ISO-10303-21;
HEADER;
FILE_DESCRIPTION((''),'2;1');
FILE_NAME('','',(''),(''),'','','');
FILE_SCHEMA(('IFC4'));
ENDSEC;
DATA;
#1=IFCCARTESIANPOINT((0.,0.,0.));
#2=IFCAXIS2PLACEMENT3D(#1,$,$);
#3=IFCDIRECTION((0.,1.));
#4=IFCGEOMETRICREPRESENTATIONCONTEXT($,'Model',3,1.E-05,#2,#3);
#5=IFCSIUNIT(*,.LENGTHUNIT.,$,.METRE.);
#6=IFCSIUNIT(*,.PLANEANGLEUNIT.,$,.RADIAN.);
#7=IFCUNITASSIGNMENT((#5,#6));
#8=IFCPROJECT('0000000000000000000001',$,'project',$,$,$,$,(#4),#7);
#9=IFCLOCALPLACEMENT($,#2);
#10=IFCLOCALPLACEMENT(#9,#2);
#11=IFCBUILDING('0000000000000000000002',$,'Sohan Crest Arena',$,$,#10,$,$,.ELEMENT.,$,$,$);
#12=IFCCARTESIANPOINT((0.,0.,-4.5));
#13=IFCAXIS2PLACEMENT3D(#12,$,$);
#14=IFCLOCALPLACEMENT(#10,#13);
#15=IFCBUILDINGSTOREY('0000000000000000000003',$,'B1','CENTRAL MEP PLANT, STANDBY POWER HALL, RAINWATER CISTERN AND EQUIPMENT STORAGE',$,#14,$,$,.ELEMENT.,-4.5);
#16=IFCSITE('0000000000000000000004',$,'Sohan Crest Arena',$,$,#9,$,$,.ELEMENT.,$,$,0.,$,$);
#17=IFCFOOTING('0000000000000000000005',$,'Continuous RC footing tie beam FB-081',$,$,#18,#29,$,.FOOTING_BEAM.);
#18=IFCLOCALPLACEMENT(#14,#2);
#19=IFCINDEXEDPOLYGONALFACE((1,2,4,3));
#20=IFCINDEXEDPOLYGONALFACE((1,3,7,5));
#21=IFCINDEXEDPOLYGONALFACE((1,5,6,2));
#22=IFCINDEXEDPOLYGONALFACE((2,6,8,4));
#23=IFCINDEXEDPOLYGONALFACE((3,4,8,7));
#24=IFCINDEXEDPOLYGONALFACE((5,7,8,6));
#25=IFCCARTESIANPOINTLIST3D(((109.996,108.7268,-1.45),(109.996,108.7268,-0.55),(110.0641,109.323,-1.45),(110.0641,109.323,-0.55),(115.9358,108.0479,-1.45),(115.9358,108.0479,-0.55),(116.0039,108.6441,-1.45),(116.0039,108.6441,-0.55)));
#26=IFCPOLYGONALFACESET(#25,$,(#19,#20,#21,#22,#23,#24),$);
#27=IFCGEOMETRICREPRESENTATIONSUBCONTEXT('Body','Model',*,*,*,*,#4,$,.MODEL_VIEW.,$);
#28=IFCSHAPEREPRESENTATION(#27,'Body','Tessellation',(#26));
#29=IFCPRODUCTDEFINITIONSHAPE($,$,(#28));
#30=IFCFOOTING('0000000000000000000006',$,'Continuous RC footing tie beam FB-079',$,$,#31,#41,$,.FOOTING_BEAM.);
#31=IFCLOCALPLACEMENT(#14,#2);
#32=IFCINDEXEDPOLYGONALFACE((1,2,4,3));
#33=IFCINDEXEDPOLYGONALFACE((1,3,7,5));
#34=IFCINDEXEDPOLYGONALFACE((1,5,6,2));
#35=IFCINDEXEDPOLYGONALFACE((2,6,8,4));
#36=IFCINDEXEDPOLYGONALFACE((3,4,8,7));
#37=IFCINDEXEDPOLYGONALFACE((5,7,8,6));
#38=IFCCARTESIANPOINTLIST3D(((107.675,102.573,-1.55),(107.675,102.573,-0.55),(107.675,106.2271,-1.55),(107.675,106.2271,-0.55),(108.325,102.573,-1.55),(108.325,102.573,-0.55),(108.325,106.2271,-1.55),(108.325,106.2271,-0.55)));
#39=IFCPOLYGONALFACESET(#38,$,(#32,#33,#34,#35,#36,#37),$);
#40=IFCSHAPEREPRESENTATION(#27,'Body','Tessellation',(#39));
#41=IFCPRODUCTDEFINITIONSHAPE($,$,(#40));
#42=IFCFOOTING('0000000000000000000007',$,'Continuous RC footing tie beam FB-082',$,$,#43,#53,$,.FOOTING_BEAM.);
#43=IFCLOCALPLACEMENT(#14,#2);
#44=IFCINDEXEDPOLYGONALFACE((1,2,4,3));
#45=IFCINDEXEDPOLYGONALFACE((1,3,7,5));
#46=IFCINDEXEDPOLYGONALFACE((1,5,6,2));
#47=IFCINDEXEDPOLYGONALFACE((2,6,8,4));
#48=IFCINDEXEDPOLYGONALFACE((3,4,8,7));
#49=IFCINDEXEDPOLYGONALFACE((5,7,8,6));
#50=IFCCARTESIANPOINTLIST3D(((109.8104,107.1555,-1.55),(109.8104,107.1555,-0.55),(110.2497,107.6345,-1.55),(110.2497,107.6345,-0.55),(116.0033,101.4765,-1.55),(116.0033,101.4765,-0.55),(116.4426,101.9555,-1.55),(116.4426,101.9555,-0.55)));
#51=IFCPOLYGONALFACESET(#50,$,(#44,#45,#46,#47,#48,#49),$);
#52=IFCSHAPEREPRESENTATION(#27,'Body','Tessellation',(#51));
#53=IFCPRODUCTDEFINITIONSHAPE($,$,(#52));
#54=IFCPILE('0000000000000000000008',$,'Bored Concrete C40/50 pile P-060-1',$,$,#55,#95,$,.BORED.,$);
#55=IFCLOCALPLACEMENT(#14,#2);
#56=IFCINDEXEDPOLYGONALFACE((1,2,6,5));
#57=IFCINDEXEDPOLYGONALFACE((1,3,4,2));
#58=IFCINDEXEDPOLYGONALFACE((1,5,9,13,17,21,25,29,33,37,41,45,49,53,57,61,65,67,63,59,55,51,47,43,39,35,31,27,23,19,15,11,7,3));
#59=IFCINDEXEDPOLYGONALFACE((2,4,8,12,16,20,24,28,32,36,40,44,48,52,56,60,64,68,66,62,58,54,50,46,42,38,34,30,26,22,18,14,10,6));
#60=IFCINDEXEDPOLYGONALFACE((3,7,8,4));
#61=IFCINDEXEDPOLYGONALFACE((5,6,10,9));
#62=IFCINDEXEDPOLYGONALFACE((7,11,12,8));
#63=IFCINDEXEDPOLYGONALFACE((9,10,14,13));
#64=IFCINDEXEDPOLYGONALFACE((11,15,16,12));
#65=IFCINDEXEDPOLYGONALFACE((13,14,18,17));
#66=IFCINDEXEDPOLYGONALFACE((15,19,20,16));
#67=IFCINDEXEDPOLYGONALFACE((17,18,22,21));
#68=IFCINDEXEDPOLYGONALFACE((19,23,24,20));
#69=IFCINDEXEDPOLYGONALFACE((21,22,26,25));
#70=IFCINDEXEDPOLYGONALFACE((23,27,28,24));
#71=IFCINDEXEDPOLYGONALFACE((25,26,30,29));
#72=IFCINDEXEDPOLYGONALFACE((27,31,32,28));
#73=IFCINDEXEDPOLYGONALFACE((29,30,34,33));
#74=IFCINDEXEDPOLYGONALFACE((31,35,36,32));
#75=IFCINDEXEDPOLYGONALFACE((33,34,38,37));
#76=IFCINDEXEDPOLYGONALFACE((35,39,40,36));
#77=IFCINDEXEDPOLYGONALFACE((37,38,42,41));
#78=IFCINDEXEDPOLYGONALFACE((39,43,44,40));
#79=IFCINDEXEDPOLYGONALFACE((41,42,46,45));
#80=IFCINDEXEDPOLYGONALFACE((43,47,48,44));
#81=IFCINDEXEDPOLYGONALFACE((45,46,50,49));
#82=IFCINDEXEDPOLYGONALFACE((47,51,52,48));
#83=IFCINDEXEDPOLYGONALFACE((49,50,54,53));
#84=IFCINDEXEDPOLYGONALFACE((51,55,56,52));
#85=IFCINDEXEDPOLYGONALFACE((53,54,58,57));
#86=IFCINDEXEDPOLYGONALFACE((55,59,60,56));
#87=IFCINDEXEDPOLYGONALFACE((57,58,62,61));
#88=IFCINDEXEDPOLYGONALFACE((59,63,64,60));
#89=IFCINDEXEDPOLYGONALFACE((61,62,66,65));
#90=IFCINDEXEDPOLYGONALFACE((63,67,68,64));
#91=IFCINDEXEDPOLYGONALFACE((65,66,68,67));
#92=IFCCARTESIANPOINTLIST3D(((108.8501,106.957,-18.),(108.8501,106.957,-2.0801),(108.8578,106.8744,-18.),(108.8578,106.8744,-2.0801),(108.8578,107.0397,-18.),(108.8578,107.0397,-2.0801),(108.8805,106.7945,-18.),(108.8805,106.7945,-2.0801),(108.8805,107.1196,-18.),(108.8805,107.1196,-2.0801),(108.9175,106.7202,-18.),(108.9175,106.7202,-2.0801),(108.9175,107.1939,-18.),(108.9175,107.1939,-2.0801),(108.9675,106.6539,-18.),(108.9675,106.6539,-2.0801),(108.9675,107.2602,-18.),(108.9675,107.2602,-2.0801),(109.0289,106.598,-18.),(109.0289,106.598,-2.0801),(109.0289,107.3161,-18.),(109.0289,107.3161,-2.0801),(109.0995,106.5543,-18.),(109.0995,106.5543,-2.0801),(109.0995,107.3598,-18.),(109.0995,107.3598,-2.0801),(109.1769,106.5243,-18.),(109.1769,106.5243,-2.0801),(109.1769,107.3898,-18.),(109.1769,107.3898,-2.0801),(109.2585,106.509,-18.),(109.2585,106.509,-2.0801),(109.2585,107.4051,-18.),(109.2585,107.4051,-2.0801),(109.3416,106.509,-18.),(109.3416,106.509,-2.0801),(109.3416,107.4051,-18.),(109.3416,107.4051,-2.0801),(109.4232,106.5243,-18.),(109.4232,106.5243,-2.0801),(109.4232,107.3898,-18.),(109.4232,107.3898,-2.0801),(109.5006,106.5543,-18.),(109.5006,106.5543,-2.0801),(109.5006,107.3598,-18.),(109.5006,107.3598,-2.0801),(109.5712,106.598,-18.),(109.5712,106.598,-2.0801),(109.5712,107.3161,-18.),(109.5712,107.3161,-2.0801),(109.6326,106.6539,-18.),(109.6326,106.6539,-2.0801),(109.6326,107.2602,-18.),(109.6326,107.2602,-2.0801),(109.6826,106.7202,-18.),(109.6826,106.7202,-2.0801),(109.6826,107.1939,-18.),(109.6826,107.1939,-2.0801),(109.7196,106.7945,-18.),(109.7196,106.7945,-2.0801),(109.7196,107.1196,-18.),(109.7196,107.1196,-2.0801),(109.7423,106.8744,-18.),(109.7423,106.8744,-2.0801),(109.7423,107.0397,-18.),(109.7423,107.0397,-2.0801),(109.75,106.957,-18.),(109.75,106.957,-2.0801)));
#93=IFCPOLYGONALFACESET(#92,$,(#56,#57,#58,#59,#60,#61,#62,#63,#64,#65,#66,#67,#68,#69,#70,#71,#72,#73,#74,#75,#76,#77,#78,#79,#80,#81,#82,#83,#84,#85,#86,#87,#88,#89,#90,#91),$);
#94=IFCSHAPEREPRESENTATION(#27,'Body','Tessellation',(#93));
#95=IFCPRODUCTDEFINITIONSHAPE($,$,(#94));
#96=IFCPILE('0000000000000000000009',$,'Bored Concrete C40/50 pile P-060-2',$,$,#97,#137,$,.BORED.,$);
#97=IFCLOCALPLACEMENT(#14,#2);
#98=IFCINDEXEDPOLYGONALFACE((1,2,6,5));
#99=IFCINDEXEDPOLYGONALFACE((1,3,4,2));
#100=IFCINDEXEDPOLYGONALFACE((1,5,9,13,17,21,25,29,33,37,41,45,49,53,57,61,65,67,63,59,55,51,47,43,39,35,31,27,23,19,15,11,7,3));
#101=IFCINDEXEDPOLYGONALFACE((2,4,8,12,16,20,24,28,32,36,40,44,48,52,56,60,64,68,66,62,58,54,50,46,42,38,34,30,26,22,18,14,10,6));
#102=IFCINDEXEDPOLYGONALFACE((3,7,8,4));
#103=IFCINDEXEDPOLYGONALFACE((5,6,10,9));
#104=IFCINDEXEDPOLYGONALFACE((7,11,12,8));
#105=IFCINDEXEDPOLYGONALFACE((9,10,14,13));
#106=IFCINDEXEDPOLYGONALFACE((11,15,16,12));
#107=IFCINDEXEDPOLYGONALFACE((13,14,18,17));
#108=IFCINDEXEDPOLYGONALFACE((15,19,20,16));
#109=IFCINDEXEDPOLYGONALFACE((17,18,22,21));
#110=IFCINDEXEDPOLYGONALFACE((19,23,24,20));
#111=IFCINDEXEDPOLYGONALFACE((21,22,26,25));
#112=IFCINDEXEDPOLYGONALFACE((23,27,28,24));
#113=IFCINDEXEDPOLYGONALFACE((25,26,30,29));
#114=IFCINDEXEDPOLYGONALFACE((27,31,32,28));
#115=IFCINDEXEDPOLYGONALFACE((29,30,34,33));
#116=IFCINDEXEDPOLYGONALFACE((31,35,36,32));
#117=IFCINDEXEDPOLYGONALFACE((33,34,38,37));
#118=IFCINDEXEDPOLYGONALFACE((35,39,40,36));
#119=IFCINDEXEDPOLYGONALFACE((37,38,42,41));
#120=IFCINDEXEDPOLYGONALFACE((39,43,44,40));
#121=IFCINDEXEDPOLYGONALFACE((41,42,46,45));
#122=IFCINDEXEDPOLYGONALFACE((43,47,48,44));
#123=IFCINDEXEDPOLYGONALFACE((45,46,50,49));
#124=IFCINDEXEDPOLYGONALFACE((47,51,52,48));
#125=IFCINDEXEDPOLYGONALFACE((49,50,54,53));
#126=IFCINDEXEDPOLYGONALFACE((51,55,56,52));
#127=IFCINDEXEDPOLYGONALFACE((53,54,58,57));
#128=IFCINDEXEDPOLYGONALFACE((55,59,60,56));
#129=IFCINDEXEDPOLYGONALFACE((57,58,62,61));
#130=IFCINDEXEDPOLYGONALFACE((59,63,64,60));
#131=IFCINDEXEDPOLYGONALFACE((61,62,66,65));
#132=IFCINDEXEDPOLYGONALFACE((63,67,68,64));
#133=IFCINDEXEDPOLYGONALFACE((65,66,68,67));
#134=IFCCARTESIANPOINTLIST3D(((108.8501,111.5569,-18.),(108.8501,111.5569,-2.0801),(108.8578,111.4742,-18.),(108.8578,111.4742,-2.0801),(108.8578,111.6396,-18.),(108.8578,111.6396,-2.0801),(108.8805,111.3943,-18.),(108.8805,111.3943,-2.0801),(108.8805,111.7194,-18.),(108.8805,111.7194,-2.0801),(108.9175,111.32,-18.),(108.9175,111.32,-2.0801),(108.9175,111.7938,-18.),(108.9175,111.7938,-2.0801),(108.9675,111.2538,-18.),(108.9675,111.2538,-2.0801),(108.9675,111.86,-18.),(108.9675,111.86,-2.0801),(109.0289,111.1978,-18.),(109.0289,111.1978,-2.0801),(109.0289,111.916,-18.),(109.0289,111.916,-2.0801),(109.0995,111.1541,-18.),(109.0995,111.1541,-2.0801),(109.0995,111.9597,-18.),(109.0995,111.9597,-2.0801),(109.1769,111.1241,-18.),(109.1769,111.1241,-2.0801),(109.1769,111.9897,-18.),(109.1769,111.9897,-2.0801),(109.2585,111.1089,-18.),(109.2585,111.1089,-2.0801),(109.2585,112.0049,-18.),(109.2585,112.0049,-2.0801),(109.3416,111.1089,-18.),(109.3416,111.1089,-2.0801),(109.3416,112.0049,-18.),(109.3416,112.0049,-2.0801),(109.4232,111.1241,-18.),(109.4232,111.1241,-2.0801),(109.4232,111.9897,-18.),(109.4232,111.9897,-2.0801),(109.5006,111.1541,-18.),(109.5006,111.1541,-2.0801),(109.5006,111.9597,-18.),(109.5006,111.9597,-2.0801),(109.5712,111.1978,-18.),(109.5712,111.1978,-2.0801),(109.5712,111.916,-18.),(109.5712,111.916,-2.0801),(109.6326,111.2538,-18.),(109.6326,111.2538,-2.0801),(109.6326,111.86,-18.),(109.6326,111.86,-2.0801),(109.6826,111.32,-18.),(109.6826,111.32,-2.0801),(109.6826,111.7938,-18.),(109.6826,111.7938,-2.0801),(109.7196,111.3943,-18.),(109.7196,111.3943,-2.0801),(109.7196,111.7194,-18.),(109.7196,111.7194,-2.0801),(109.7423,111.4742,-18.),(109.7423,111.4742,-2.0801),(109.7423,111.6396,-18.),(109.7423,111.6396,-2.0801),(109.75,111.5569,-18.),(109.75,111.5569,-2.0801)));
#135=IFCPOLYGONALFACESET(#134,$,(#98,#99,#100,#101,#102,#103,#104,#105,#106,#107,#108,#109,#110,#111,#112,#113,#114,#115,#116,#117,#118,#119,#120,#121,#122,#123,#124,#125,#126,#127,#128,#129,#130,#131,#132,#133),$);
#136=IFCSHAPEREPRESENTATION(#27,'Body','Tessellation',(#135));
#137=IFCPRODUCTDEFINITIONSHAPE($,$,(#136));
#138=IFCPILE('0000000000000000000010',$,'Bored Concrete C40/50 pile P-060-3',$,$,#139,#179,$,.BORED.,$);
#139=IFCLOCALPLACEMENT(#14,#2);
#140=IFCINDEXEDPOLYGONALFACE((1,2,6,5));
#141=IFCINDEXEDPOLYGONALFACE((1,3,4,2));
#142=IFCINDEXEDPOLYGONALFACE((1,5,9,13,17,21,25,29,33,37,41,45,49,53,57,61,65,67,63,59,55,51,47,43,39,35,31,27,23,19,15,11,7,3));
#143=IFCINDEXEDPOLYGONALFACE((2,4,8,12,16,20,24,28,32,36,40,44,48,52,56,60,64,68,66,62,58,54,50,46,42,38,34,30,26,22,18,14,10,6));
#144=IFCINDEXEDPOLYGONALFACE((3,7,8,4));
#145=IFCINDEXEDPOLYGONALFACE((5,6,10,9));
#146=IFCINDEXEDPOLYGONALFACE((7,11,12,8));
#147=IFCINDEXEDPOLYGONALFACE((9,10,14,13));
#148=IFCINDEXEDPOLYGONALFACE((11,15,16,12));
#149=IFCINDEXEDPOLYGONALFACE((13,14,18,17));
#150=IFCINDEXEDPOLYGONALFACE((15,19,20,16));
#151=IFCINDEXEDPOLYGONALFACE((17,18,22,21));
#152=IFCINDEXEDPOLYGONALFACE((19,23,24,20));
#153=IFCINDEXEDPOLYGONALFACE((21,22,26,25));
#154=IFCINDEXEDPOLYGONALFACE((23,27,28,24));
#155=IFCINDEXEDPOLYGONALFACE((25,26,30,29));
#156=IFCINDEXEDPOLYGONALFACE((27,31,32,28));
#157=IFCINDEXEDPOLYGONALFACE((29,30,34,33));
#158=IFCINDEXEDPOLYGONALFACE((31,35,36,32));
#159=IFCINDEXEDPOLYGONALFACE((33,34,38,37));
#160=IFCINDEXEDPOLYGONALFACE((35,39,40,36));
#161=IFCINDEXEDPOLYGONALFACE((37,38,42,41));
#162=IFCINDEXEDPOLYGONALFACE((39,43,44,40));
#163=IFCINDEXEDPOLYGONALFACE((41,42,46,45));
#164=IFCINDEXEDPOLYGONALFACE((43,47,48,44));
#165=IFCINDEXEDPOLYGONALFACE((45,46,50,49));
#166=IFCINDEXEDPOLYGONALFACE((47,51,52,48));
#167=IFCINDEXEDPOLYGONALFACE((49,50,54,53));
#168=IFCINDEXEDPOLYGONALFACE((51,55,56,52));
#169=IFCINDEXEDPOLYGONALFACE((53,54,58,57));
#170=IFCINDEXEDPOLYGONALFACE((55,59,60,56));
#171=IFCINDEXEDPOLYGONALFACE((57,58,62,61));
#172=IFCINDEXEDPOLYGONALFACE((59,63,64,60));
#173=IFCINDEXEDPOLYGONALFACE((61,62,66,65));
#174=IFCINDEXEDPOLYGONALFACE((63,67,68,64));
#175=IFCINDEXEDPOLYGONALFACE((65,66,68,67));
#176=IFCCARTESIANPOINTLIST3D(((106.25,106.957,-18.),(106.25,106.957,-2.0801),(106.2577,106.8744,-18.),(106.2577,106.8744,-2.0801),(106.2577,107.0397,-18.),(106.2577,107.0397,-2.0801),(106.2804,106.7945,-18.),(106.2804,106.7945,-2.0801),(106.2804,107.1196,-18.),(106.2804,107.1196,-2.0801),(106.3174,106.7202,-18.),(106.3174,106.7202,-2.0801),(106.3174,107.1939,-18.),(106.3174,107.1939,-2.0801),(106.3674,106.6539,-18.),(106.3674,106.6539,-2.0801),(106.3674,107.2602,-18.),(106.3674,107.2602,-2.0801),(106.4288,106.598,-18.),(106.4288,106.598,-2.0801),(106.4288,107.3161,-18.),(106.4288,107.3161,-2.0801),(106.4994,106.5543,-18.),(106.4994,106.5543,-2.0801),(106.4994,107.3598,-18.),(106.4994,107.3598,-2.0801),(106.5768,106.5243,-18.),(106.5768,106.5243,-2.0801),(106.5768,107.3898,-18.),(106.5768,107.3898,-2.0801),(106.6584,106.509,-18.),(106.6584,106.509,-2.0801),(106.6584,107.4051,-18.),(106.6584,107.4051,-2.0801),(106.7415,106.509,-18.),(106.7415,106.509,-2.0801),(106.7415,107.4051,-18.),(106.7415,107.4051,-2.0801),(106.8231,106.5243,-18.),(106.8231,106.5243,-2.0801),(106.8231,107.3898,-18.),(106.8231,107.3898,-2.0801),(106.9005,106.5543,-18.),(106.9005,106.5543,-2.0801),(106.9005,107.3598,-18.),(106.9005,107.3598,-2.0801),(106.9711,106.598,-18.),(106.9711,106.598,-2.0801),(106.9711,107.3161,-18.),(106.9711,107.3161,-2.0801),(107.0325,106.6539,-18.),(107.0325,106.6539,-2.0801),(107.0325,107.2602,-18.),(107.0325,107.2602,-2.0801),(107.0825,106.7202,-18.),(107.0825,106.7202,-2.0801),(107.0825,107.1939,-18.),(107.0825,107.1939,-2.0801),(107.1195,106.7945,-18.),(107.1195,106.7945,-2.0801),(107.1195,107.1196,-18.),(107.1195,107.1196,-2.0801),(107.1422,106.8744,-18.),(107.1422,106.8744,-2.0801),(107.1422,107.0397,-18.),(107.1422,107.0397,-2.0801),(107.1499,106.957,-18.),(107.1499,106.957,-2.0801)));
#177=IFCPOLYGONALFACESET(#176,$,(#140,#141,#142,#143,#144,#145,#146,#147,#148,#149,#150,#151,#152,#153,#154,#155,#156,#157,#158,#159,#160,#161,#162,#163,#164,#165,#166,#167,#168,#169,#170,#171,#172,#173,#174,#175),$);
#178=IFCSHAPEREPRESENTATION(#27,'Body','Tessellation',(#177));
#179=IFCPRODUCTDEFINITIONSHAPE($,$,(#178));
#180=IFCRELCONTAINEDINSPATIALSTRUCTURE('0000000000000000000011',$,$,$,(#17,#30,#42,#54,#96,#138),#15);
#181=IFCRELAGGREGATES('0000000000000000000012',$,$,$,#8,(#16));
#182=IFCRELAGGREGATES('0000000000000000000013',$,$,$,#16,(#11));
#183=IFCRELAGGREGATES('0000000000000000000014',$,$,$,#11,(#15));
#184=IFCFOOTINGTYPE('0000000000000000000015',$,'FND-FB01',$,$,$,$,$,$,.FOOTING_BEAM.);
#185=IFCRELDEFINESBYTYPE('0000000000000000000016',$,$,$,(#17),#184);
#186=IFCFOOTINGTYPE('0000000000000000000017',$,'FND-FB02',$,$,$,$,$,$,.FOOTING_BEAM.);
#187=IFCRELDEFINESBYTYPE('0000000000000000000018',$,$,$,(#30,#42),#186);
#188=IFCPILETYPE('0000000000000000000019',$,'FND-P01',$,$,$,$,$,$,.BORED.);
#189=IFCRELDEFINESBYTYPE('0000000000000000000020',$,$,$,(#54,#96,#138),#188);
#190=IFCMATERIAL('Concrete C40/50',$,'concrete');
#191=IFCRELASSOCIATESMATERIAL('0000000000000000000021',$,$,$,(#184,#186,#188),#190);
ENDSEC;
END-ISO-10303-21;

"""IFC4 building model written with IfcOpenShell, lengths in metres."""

from ifc_helpers import new_model, si_unit, direction, frame, origin, origin_2d, place, context, subcontext, project, spatial, rectangle, circle, extrude, material, material_profile, profile_set, type_object, element, save


model = new_model("IFC4")

# Units and contexts
model_context = context("Model", 3, precision=1e-05, world=origin(), true_north=direction((0.0, 1.0)))
body_context = subcontext(model_context, "Body", "Model", "MODEL_VIEW")
ifc_project = project(units=[si_unit("LENGTHUNIT", "METRE"), si_unit("PLANEANGLEUNIT", "RADIAN")], contexts=[model_context])

# Site, building, storey
site_placement = place(None, origin())
site = spatial("IfcSite", under=ifc_project, at=site_placement, Name="Sohan Crest Arena", CompositionType="ELEMENT", RefElevation=0.0)
building_placement = place(site_placement, origin())
building = spatial("IfcBuilding", under=site, at=building_placement, Name="Sohan Crest Arena", CompositionType="ELEMENT")
storey_placement = place(building_placement, frame((0.0, 0.0, -4.5)))
storey = spatial("IfcBuildingStorey", under=building, at=storey_placement, Name="B1", Description="CENTRAL MEP PLANT, STANDBY POWER HALL, RAINWATER CISTERN AND EQUIPMENT STORAGE", CompositionType="ELEMENT", Elevation=-4.5)

# Footings
ifc_material_1 = material(Name="Concrete C40/50", Category="concrete")
ifc_material_profile_1 = material_profile(ifc_material_1, rectangle(XDim=0.6001, YDim=0.8999, at=origin_2d()), Name="RC-FB 600x900")
ifc_profile_set_1 = profile_set([ifc_material_profile_1], Name="Concrete C40/50")
footing_type_1 = type_object("IfcFootingType", Name="FND-FB01", PredefinedType="FOOTING_BEAM", material=ifc_profile_set_1)
footing_1_placement = place(storey_placement, frame((110.03, 109.0249, -1.0), z_axis=(0.993531, -0.113564, 0.0), x_axis=(0.113564, 0.993531, 0.0)))
element("IfcFooting", 1, at=footing_1_placement, inside=storey, type_object=footing_type_1, Name="Continuous RC footing tie beam FB-081", PredefinedType="FOOTING_BEAM", context=body_context, shape_type="SweptSolid", body=[
    extrude(rectangle(XDim=0.6001, YDim=0.8999, at=origin_2d()), origin(), (0.0, 0.0, 1.0), 5.9785),
])
ifc_material_profile_2 = material_profile(ifc_material_1, rectangle(XDim=0.6499, YDim=1.0, at=origin_2d()), Name="RC-FB 650x1000")
ifc_profile_set_2 = profile_set([ifc_material_profile_2], Name="Concrete C40/50")
footing_type_2 = type_object("IfcFootingType", Name="FND-FB02", PredefinedType="FOOTING_BEAM", material=ifc_profile_set_2)
footing_2_placement = place(storey_placement, frame((108.0, 102.573, -1.05), z_axis=(0.0, 1.0, 0.0), x_axis=(-1.0, 0.0, 0.0)))
element("IfcFooting", 2, at=footing_2_placement, inside=storey, type_object=footing_type_2, Name="Continuous RC footing tie beam FB-079", PredefinedType="FOOTING_BEAM", context=body_context, shape_type="SweptSolid", body=[
    extrude(rectangle(XDim=0.6499, YDim=1.0, at=origin_2d()), origin(), (0.0, 0.0, 1.0), 3.6541),
])
footing_3_placement = place(storey_placement, frame((110.03, 107.395, -1.05), z_axis=(0.737026, -0.675864, 0.0), x_axis=(0.675864, 0.737026, 0.0)))
element("IfcFooting", 3, at=footing_3_placement, inside=storey, type_object=footing_type_2, Name="Continuous RC footing tie beam FB-082", PredefinedType="FOOTING_BEAM", context=body_context, shape_type="SweptSolid", body=[
    extrude(rectangle(XDim=0.6499, YDim=1.0, at=origin_2d()), origin(), (0.0, 0.0, 1.0), 8.4026),
])

# Piles
ifc_material_profile_3 = material_profile(ifc_material_1, circle(Radius=0.45, at=origin_2d()), Name="PILE D900")
ifc_profile_set_3 = profile_set([ifc_material_profile_3], Name="Concrete C40/50")
pile_type = type_object("IfcPileType", Name="FND-P01", PredefinedType="BORED", material=ifc_profile_set_3)
for number, where, z_axis, x_axis, name in (
    (4, (109.3, 106.957, -18.0), (0.0, 0.0, 1.0), (1.0, 0.0, 0.0), "Bored Concrete C40/50 pile P-060-1"),
    (5, (109.3, 111.5569, -18.0), (0.0, 0.0, 1.0), (1.0, 0.0, 0.0), "Bored Concrete C40/50 pile P-060-2"),
    (6, (106.7, 106.957, -18.0), (0.0, 0.0, 1.0), (1.0, 0.0, 0.0), "Bored Concrete C40/50 pile P-060-3"),
):
    element("IfcPile", number, at=place(storey_placement, frame(where, z_axis=z_axis, x_axis=x_axis)), inside=storey, type_object=pile_type, Name=name, PredefinedType="BORED", context=body_context, shape_type="SweptSolid", body=[
        extrude(circle(Radius=0.45, at=origin_2d()), origin(), (0.0, 0.0, 1.0), 15.9199),
    ])

save(model, "model.ifc")
